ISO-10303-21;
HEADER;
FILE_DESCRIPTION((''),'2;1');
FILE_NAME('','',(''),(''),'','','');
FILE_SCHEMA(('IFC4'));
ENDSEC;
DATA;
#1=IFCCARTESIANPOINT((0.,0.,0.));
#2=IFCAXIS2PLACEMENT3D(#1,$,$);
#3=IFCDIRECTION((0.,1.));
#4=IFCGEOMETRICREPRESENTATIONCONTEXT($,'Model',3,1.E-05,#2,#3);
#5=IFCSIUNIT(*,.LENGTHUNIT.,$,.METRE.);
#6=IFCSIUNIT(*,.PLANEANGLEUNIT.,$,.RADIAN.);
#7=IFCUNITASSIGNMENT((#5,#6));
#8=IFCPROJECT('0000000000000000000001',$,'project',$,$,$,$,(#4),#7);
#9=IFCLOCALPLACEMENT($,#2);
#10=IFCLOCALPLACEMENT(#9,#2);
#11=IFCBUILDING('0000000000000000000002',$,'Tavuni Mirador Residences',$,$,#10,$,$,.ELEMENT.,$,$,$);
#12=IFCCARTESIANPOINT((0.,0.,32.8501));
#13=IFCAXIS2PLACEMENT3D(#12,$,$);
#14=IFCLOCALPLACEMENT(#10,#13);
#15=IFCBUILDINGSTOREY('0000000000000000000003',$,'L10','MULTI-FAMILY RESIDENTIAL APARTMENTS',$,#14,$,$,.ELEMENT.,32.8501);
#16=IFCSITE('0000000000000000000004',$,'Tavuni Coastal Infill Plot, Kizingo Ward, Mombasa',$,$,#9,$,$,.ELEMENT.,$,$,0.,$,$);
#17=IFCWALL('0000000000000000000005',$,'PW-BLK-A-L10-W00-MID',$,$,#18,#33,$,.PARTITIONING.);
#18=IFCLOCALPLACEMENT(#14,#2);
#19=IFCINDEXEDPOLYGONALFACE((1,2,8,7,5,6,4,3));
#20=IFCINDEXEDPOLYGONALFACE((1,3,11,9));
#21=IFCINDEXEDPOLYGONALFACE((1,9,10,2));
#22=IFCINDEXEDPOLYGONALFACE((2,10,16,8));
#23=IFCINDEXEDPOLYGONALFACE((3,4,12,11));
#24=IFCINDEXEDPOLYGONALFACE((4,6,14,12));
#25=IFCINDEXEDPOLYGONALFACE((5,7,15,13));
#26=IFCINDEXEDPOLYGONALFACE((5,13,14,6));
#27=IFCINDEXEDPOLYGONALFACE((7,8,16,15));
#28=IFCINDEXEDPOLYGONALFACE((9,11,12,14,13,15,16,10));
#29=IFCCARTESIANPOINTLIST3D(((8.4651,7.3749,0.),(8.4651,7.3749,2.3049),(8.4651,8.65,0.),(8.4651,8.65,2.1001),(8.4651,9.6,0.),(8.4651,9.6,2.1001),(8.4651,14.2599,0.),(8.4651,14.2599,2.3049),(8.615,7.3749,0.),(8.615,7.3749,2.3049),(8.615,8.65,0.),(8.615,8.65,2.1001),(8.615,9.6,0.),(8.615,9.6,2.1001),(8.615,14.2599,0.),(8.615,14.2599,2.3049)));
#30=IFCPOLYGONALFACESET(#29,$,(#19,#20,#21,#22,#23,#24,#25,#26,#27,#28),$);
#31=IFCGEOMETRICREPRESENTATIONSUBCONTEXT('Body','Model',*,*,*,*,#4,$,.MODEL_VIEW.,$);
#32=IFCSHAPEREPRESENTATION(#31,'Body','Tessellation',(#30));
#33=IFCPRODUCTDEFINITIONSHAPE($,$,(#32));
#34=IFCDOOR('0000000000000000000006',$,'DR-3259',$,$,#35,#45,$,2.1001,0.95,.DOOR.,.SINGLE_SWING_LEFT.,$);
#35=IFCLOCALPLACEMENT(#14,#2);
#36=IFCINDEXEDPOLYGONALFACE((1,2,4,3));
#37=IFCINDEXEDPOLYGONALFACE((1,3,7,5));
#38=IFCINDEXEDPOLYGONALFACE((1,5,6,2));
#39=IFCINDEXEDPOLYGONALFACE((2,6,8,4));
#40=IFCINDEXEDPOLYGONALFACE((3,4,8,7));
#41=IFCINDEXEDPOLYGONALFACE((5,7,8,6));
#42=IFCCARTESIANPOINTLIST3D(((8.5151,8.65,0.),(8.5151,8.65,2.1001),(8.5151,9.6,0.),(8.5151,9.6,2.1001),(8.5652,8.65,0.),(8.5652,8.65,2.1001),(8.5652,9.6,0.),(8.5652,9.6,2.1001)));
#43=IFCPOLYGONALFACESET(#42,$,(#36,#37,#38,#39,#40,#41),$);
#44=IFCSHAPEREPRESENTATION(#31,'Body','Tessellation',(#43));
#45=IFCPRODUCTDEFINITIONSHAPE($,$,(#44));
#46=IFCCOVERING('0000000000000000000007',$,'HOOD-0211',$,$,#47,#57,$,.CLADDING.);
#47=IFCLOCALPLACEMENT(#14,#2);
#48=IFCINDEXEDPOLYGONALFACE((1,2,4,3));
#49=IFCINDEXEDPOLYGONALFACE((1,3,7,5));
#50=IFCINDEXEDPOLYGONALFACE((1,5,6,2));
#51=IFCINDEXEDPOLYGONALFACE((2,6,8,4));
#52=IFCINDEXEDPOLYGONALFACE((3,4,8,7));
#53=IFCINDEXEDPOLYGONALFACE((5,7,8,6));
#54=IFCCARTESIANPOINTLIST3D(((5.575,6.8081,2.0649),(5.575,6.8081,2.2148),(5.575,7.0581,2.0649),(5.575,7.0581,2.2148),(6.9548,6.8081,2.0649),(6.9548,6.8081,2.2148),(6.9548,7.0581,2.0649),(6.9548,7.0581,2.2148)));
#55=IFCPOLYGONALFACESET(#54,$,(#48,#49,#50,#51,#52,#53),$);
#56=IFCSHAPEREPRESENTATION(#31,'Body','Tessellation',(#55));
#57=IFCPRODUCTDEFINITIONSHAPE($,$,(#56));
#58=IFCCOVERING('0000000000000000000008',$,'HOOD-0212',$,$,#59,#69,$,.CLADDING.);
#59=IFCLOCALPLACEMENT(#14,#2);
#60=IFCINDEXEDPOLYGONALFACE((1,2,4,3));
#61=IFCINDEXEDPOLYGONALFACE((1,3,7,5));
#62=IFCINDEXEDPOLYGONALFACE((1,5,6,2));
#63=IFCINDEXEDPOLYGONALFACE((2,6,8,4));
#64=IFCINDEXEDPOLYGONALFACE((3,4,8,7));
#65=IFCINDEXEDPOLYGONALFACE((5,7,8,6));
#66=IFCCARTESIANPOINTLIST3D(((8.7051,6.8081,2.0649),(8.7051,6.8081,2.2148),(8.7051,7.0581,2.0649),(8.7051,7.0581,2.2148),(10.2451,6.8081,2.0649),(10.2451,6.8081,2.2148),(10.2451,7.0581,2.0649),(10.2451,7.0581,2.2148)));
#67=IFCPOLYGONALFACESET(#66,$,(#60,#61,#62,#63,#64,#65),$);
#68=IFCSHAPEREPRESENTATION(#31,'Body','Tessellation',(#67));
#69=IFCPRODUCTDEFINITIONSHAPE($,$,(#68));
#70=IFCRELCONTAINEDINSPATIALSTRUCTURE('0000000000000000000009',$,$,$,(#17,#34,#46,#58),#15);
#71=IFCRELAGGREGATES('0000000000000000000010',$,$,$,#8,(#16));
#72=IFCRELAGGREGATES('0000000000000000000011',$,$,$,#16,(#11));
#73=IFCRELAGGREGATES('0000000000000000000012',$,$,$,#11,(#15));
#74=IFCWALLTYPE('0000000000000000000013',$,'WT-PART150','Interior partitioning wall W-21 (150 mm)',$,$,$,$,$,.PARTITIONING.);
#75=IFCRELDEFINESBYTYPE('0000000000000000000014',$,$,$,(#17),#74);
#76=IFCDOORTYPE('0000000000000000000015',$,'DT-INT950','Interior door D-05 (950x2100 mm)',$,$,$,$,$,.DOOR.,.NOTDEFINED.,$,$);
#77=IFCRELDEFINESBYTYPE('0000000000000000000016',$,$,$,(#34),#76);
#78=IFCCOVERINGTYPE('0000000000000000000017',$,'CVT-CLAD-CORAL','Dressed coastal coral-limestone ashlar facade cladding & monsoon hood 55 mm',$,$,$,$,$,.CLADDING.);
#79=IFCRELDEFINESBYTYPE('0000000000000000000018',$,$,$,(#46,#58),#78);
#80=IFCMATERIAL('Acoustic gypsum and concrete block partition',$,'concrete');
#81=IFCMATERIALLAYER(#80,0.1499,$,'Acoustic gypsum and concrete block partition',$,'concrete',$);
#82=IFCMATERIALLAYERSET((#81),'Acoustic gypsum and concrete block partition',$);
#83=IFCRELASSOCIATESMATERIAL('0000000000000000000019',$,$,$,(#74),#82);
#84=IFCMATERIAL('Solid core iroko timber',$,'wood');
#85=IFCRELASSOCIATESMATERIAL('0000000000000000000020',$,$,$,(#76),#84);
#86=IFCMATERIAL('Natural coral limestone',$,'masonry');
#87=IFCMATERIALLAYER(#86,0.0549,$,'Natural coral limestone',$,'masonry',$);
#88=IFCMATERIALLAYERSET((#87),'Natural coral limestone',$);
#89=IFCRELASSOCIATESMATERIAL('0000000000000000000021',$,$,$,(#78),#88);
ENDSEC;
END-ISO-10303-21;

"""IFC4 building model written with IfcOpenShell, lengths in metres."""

from ifc_helpers import new_model, si_unit, direction, frame, frame_2d, origin, origin_2d, place, context, subcontext, project, spatial, rectangle, extrude, material, layer, layer_set, type_object, element, fill, save


model = new_model("IFC4")

# Units and contexts
model_context = context("Model", 3, precision=1e-05, world=origin(), true_north=direction((0.0, 1.0)))
body_context = subcontext(model_context, "Body", "Model", "MODEL_VIEW")
ifc_project = project(units=[si_unit("LENGTHUNIT", "METRE"), si_unit("PLANEANGLEUNIT", "RADIAN")], contexts=[model_context])

# Site, building, storey
site_placement = place(None, origin())
site = spatial("IfcSite", under=ifc_project, at=site_placement, Name="Tavuni Coastal Infill Plot, Kizingo Ward, Mombasa", CompositionType="ELEMENT", RefElevation=0.0)
building_placement = place(site_placement, origin())
building = spatial("IfcBuilding", under=site, at=building_placement, Name="Tavuni Mirador Residences", CompositionType="ELEMENT")
storey_placement = place(building_placement, frame((0.0, 0.0, 32.8501)))
storey = spatial("IfcBuildingStorey", under=building, at=storey_placement, Name="L10", Description="MULTI-FAMILY RESIDENTIAL APARTMENTS", CompositionType="ELEMENT", Elevation=32.8501)

# Wall, opening, door
ifc_material_1 = material(Name="Acoustic gypsum and concrete block partition", Category="concrete")
ifc_layer_1 = layer(ifc_material_1, 0.1499, Name="Acoustic gypsum and concrete block partition", Category="concrete")
ifc_layer_set_1 = layer_set([ifc_layer_1], Name="Acoustic gypsum and concrete block partition")
wall_type_1 = type_object("IfcWallType", Name="WT-PART150", Description="Interior partitioning wall W-21 (150 mm)", PredefinedType="PARTITIONING", material=ifc_layer_set_1)
wall_1_placement = place(storey_placement, frame((8.54, 7.375, 0.0), z_axis=(0.0, 0.0, 1.0), x_axis=(0.0, 1.0, 0.0)))
wall_1 = element("IfcWall", 1, at=wall_1_placement, inside=storey, type_object=wall_type_1, Name="PW-BLK-A-L10-W00-MID", PredefinedType="PARTITIONING", context=body_context, shape_type="SweptSolid", body=[
    extrude(rectangle(XDim=6.885, YDim=0.1499, at=frame_2d((3.4424, 0.0))), origin(), (0.0, 0.0, 1.0), 2.3049),
])
opening_1_placement = place(wall_1_placement, frame((1.2749, 0.0, 0.0)))
opening_1 = element("IfcOpeningElement", 2, at=opening_1_placement, cuts=wall_1, PredefinedType="OPENING", context=body_context, shape_type="SweptSolid", body=[
    extrude(rectangle(XDim=0.95, YDim=2.1001, at=frame_2d((0.4751, 1.05))), frame((0.0, 0.085, 0.0), z_axis=(0.0, -1.0, 0.0), x_axis=(1.0, 0.0, 0.0)), (0.0, 0.0, 1.0), 0.1699),
])
ifc_material_2 = material(Name="Solid core iroko timber", Category="wood")
door_type = type_object("IfcDoorType", Name="DT-INT950", Description="Interior door D-05 (950x2100 mm)", OperationType="NOTDEFINED", PredefinedType="DOOR", material=ifc_material_2)
door_placement = place(opening_1_placement, origin())
door = element("IfcDoor", 3, at=door_placement, inside=storey, type_object=door_type, Name="DR-3259", OperationType="SINGLE_SWING_LEFT", OverallHeight=2.1001, OverallWidth=0.95, PredefinedType="DOOR", context=body_context, shape_type="SweptSolid", body=[
    extrude(rectangle(XDim=0.95, YDim=2.1001, at=frame_2d((0.4751, 1.05))), frame((0.0, 0.0249, 0.0), z_axis=(0.0, -1.0, 0.0), x_axis=(1.0, 0.0, 0.0)), (0.0, 0.0, 1.0), 0.05),
])
fill(opening_1, door)

# Coverings
ifc_material_3 = material(Name="Natural coral limestone", Category="masonry")
ifc_layer_2 = layer(ifc_material_3, 0.0549, Name="Natural coral limestone", Category="masonry")
ifc_layer_set_2 = layer_set([ifc_layer_2], Name="Natural coral limestone")
covering_type = type_object("IfcCoveringType", Name="CVT-CLAD-CORAL", Description="Dressed coastal coral-limestone ashlar facade cladding & monsoon hood 55 mm", PredefinedType="CLADDING", material=ifc_layer_set_2)
covering_1_placement = place(storey_placement, frame((6.2649, 6.9331, 2.0649), z_axis=(0.0, 0.0, 1.0), x_axis=(1.0, 0.0, 0.0)))
element("IfcCovering", 4, at=covering_1_placement, inside=storey, type_object=covering_type, Name="HOOD-0211", PredefinedType="CLADDING", context=body_context, shape_type="SweptSolid", body=[
    extrude(rectangle(XDim=1.3799, YDim=0.25, at=origin_2d()), origin(), (0.0, 0.0, 1.0), 0.1499),
])
covering_2_placement = place(storey_placement, frame((9.4751, 6.9331, 2.0649), z_axis=(0.0, 0.0, 1.0), x_axis=(1.0, 0.0, 0.0)))
element("IfcCovering", 5, at=covering_2_placement, inside=storey, type_object=covering_type, Name="HOOD-0212", PredefinedType="CLADDING", context=body_context, shape_type="SweptSolid", body=[
    extrude(rectangle(XDim=1.54, YDim=0.25, at=origin_2d()), origin(), (0.0, 0.0, 1.0), 0.1499),
])

save(model, "model.ifc")
